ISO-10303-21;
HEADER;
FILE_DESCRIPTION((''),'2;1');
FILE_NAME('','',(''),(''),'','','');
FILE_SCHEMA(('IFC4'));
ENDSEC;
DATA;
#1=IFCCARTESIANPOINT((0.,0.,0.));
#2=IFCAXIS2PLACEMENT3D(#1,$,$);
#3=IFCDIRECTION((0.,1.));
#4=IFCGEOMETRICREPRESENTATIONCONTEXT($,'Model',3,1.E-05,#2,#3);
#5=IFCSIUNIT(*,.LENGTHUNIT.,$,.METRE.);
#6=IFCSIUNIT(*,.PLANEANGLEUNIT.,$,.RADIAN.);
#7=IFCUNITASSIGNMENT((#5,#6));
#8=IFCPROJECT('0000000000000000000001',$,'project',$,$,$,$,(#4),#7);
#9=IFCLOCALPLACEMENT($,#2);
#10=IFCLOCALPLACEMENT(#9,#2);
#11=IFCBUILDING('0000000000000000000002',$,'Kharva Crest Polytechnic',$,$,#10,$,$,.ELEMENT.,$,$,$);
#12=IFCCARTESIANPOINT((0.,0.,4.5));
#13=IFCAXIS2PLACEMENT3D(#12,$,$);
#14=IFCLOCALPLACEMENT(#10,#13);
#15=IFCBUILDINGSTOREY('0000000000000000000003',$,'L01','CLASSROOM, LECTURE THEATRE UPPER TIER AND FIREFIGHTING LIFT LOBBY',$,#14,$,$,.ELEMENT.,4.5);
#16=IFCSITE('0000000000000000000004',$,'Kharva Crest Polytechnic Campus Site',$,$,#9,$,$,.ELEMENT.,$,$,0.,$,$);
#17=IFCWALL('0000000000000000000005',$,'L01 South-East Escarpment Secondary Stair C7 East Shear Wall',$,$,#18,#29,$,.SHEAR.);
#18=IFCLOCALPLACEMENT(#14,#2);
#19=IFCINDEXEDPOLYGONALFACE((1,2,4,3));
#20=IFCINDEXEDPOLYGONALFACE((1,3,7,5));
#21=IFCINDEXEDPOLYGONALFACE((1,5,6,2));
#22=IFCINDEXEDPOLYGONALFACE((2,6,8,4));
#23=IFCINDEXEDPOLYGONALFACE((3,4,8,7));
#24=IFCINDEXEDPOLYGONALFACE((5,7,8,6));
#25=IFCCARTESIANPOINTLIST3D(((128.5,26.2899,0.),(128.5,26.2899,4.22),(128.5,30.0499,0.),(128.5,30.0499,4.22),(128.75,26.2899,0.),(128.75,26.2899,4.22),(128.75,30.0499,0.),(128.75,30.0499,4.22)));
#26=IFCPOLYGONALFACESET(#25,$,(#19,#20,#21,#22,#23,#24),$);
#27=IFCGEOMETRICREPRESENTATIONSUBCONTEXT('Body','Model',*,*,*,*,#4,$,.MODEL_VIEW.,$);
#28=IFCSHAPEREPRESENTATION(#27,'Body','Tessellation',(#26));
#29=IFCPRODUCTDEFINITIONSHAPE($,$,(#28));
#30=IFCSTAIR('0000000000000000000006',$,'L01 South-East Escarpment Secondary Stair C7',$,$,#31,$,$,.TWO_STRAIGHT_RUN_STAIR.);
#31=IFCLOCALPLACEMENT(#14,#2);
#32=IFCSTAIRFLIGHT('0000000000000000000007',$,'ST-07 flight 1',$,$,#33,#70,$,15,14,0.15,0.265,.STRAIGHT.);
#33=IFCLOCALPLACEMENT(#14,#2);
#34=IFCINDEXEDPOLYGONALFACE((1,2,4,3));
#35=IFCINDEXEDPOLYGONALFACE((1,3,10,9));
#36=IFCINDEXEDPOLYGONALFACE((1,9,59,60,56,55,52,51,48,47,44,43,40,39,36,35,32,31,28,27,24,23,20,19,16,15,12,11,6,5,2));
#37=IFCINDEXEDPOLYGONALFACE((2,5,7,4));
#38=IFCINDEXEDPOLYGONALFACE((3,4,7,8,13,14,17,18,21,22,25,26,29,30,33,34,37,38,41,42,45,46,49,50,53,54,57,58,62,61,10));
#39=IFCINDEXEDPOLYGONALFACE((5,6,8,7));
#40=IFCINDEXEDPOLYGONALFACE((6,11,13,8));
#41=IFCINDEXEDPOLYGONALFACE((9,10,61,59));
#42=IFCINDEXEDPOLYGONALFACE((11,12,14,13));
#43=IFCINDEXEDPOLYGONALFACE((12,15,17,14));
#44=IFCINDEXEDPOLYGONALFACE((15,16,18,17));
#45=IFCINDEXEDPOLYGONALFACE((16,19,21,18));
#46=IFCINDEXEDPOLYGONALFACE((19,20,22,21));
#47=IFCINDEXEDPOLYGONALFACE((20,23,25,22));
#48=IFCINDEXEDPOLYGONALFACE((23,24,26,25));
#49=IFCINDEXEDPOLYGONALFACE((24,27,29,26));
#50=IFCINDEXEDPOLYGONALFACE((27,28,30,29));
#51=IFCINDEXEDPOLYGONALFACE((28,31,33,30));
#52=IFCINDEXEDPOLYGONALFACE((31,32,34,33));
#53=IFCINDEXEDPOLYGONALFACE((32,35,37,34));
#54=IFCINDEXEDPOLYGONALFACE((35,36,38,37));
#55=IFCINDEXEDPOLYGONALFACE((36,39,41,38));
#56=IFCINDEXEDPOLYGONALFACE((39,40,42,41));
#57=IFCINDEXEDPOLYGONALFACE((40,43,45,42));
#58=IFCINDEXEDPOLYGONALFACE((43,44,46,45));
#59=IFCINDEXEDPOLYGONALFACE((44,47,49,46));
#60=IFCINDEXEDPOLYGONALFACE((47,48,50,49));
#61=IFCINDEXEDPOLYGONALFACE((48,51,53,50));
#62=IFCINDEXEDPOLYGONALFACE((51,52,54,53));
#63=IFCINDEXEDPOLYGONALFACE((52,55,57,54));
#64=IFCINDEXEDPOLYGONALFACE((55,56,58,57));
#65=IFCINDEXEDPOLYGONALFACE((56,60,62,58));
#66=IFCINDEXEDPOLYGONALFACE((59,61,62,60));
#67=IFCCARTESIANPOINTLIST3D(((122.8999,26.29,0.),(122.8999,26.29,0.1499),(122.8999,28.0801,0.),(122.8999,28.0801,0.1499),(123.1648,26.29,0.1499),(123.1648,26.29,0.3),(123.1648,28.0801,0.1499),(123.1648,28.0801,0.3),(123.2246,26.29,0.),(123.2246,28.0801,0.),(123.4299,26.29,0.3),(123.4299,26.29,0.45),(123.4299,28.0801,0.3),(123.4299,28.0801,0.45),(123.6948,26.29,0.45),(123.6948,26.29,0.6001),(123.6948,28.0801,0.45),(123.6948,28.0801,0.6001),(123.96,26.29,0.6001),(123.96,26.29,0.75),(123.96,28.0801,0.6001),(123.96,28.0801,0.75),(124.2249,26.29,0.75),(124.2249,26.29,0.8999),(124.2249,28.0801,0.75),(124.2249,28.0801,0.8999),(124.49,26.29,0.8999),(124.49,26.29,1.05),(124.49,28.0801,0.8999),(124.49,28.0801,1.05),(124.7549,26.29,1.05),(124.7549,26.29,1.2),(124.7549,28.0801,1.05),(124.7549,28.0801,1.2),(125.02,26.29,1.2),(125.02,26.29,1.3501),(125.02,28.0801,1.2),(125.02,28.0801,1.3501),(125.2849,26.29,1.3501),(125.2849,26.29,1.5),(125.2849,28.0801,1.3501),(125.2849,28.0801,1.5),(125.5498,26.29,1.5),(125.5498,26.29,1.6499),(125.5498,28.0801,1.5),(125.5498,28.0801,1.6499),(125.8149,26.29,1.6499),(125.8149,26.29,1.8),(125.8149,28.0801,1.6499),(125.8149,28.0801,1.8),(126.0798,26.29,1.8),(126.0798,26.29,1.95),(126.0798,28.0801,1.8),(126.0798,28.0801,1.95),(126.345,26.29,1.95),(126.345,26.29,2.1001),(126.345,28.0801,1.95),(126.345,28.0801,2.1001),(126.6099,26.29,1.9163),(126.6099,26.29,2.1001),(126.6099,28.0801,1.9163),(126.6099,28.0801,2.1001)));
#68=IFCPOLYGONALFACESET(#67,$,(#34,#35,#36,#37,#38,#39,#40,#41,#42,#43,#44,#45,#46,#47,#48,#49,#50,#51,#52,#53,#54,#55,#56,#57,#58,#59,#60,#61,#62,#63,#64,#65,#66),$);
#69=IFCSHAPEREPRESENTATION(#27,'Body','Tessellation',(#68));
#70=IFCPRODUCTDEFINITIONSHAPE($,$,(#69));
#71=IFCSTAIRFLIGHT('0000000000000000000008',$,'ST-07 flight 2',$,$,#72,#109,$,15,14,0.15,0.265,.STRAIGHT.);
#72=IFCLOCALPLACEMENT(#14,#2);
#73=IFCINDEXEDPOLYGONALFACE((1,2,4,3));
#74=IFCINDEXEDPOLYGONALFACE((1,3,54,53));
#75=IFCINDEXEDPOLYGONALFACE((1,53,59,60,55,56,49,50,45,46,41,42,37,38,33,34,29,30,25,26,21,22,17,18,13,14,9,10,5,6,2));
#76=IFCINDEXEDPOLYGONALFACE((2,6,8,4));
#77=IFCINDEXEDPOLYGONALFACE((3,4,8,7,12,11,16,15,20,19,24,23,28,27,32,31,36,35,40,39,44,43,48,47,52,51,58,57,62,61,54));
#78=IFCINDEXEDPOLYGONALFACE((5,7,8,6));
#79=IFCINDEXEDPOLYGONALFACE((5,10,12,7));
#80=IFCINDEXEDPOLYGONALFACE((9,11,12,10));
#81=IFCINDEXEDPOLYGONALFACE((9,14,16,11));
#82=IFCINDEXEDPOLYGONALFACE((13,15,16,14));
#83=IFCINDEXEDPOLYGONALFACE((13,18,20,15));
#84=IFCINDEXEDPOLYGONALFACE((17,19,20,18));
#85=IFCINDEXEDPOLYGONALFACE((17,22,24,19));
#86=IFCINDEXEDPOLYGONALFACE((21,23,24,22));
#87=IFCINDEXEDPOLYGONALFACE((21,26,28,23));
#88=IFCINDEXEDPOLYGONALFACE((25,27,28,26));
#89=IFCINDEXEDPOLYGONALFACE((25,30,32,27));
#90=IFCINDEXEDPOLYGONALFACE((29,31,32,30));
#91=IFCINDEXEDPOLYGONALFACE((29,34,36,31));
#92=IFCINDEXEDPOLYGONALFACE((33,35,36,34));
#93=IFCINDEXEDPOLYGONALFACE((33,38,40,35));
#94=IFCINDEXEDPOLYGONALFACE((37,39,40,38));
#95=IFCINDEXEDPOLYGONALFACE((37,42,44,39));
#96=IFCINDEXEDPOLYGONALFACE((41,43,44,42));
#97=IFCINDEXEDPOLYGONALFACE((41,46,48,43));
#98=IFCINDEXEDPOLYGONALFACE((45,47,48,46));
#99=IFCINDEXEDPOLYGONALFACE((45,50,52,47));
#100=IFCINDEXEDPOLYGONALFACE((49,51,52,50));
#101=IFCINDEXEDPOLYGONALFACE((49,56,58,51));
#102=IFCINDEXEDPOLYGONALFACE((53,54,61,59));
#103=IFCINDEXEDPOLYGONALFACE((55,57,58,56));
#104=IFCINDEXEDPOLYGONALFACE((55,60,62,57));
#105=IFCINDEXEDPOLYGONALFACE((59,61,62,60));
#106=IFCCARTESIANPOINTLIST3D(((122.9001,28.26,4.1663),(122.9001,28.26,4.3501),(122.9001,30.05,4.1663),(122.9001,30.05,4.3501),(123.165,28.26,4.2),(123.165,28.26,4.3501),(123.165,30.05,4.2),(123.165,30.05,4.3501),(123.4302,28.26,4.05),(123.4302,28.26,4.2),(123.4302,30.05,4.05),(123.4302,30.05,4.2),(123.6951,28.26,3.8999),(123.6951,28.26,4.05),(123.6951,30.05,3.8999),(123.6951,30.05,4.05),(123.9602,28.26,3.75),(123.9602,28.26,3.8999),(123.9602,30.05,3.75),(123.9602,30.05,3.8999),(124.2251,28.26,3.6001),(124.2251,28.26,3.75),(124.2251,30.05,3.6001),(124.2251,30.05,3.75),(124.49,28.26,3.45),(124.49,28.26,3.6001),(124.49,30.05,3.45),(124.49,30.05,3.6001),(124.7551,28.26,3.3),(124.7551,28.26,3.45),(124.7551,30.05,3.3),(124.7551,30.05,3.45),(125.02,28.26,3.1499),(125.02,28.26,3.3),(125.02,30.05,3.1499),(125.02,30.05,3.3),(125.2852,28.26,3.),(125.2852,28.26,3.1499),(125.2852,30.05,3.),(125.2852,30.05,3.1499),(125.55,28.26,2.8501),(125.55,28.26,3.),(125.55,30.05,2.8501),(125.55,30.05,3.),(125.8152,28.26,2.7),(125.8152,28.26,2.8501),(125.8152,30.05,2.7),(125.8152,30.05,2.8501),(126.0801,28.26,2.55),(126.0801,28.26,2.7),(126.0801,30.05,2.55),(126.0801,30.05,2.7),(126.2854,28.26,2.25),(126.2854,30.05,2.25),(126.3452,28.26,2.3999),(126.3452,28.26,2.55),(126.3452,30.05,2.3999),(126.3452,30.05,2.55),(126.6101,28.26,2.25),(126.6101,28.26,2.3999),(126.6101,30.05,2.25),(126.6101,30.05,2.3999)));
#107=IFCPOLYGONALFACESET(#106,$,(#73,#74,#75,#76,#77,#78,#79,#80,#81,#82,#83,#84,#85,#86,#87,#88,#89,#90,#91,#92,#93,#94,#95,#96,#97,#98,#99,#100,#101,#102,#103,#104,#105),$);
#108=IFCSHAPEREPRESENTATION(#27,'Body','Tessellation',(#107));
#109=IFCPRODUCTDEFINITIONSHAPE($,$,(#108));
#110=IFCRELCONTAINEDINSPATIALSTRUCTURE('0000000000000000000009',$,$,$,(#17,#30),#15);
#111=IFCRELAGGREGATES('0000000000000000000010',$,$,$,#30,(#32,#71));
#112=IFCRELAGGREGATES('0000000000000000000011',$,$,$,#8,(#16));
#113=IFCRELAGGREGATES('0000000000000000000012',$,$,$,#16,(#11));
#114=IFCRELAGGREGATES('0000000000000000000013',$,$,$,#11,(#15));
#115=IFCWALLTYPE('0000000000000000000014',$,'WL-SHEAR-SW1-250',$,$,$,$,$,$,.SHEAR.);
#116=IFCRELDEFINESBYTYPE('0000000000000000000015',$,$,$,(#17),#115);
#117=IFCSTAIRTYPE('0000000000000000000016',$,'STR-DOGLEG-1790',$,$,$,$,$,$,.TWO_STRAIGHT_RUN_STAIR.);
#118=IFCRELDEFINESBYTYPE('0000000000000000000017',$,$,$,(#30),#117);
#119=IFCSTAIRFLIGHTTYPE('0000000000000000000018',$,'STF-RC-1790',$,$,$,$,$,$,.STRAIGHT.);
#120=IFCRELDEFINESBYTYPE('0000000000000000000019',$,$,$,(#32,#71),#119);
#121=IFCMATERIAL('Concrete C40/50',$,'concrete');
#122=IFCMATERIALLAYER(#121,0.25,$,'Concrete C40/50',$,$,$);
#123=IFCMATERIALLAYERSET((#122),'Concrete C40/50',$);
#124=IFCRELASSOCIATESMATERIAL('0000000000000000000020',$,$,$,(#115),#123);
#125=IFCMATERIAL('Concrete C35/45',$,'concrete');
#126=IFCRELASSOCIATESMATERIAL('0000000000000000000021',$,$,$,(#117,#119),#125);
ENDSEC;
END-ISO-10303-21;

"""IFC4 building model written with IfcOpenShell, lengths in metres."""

from ifc_helpers import new_model, si_unit, direction, frame, frame_2d, origin, place, context, subcontext, project, spatial, polyline, rectangle, outline, extrude, material, layer, layer_set, type_object, element, aggregate, save


model = new_model("IFC4")

# Units and contexts
model_context = context("Model", 3, precision=1e-05, world=origin(), true_north=direction((0.0, 1.0)))
body_context = subcontext(model_context, "Body", "Model", "MODEL_VIEW")
ifc_project = project(units=[si_unit("LENGTHUNIT", "METRE"), si_unit("PLANEANGLEUNIT", "RADIAN")], contexts=[model_context])

# Site, building, storey
site_placement = place(None, origin())
site = spatial("IfcSite", under=ifc_project, at=site_placement, Name="Kharva Crest Polytechnic Campus Site", CompositionType="ELEMENT", RefElevation=0.0)
building_placement = place(site_placement, origin())
building = spatial("IfcBuilding", under=site, at=building_placement, Name="Kharva Crest Polytechnic", CompositionType="ELEMENT")
storey_placement = place(building_placement, frame((0.0, 0.0, 4.5)))
storey = spatial("IfcBuildingStorey", under=building, at=storey_placement, Name="L01", Description="CLASSROOM, LECTURE THEATRE UPPER TIER AND FIREFIGHTING LIFT LOBBY", CompositionType="ELEMENT", Elevation=4.5)

# Shared definitions
ifc_material_1 = material(Name="Concrete C40/50", Category="concrete")

# Shared definitions
ifc_material_2 = material(Name="Concrete C35/45", Category="concrete")

# Wall
ifc_layer_1 = layer(ifc_material_1, 0.25, Name="Concrete C40/50")
ifc_layer_set_1 = layer_set([ifc_layer_1], Name="Concrete C40/50")
wall_type_1 = type_object("IfcWallType", Name="WL-SHEAR-SW1-250", PredefinedType="SHEAR", material=ifc_layer_set_1)
wall_1_placement = place(storey_placement, frame((128.625, 26.29, 0.0), z_axis=(0.0, 0.0, 1.0), x_axis=(0.0, 1.0, 0.0)))
element("IfcWall", 1, at=wall_1_placement, inside=storey, type_object=wall_type_1, Name="L01 South-East Escarpment Secondary Stair C7 East Shear Wall", PredefinedType="SHEAR", context=body_context, shape_type="SweptSolid", body=[
    extrude(rectangle(XDim=3.76, YDim=0.25, at=frame_2d((1.8799, 0.0))), origin(), (0.0, 0.0, 1.0), 4.22),
])

# Stair, stair flights
stair_type = type_object("IfcStairType", Name="STR-DOGLEG-1790", PredefinedType="TWO_STRAIGHT_RUN_STAIR", material=ifc_material_2)
stair_placement = place(storey_placement, origin())
stair = element("IfcStair", 2, at=stair_placement, inside=storey, type_object=stair_type, Name="L01 South-East Escarpment Secondary Stair C7", PredefinedType="TWO_STRAIGHT_RUN_STAIR")
stair_flight_type = type_object("IfcStairFlightType", Name="STF-RC-1790", PredefinedType="STRAIGHT", material=ifc_material_2)
stair_flight_1_placement = place(storey_placement, frame((122.8999, 27.1851, 0.0), z_axis=(0.0, 0.0, 1.0), x_axis=(1.0, 0.0, 0.0)))
stair_flight_1 = element("IfcStairFlight", 3, at=stair_flight_1_placement, type_object=stair_flight_type, Name="ST-07 flight 1", NumberOfRisers=15, NumberOfTreads=14, PredefinedType="STRAIGHT", RiserHeight=0.15, TreadLength=0.265, context=body_context, shape_type="SweptSolid", body=[
    extrude(outline(polyline([(0.0, 0.0), (0.0, 0.1499), (0.2649, 0.1499), (0.2649, 0.3), (0.53, 0.3), (0.53, 0.45), (0.7949, 0.45), (0.7949, 0.6001), (1.0601, 0.6001), (1.0601, 0.75), (1.325, 0.75), (1.325, 0.8999), (1.5901, 0.8999), (1.5901, 1.05), (1.855, 1.05), (1.855, 1.2), (2.1201, 1.2), (2.1201, 1.3501), (2.385, 1.3501), (2.385, 1.5), (2.6499, 1.5), (2.6499, 1.6499), (2.915, 1.6499), (2.915, 1.8), (3.1799, 1.8), (3.1799, 1.95), (3.4451, 1.95), (3.4451, 2.1001), (3.71, 2.1001), (3.71, 2.25), (3.71, 1.9163), (0.3247, 0.0), (0.0, 0.0)])), frame((0.0, 0.895, 0.0), z_axis=(0.0, -1.0, 0.0), x_axis=(1.0, 0.0, 0.0)), (0.0, 0.0, 1.0), 1.79),
])
stair_flight_2_placement = place(storey_placement, frame((126.6101, 29.155, 2.25), z_axis=(0.0, 0.0, 1.0), x_axis=(-1.0, 0.0, 0.0)))
stair_flight_2 = element("IfcStairFlight", 4, at=stair_flight_2_placement, type_object=stair_flight_type, Name="ST-07 flight 2", NumberOfRisers=15, NumberOfTreads=14, PredefinedType="STRAIGHT", RiserHeight=0.15, TreadLength=0.265, context=body_context, shape_type="SweptSolid", body=[
    extrude(outline(polyline([(0.0, 0.0), (0.0, 0.1499), (0.2649, 0.1499), (0.2649, 0.3), (0.53, 0.3), (0.53, 0.45), (0.7949, 0.45), (0.7949, 0.6001), (1.0601, 0.6001), (1.0601, 0.75), (1.325, 0.75), (1.325, 0.8999), (1.5901, 0.8999), (1.5901, 1.05), (1.855, 1.05), (1.855, 1.2), (2.1201, 1.2), (2.1201, 1.3501), (2.385, 1.3501), (2.385, 1.5), (2.6499, 1.5), (2.6499, 1.6499), (2.915, 1.6499), (2.915, 1.8), (3.1799, 1.8), (3.1799, 1.95), (3.4451, 1.95), (3.4451, 2.1001), (3.71, 2.1001), (3.71, 2.25), (3.71, 1.9163), (0.3247, 0.0), (0.0, 0.0)])), frame((0.0, 0.895, 0.0), z_axis=(0.0, -1.0, 0.0), x_axis=(1.0, 0.0, 0.0)), (0.0, 0.0, 1.0), 1.79),
])
aggregate(stair, [stair_flight_1, stair_flight_2])

save(model, "model.ifc")
